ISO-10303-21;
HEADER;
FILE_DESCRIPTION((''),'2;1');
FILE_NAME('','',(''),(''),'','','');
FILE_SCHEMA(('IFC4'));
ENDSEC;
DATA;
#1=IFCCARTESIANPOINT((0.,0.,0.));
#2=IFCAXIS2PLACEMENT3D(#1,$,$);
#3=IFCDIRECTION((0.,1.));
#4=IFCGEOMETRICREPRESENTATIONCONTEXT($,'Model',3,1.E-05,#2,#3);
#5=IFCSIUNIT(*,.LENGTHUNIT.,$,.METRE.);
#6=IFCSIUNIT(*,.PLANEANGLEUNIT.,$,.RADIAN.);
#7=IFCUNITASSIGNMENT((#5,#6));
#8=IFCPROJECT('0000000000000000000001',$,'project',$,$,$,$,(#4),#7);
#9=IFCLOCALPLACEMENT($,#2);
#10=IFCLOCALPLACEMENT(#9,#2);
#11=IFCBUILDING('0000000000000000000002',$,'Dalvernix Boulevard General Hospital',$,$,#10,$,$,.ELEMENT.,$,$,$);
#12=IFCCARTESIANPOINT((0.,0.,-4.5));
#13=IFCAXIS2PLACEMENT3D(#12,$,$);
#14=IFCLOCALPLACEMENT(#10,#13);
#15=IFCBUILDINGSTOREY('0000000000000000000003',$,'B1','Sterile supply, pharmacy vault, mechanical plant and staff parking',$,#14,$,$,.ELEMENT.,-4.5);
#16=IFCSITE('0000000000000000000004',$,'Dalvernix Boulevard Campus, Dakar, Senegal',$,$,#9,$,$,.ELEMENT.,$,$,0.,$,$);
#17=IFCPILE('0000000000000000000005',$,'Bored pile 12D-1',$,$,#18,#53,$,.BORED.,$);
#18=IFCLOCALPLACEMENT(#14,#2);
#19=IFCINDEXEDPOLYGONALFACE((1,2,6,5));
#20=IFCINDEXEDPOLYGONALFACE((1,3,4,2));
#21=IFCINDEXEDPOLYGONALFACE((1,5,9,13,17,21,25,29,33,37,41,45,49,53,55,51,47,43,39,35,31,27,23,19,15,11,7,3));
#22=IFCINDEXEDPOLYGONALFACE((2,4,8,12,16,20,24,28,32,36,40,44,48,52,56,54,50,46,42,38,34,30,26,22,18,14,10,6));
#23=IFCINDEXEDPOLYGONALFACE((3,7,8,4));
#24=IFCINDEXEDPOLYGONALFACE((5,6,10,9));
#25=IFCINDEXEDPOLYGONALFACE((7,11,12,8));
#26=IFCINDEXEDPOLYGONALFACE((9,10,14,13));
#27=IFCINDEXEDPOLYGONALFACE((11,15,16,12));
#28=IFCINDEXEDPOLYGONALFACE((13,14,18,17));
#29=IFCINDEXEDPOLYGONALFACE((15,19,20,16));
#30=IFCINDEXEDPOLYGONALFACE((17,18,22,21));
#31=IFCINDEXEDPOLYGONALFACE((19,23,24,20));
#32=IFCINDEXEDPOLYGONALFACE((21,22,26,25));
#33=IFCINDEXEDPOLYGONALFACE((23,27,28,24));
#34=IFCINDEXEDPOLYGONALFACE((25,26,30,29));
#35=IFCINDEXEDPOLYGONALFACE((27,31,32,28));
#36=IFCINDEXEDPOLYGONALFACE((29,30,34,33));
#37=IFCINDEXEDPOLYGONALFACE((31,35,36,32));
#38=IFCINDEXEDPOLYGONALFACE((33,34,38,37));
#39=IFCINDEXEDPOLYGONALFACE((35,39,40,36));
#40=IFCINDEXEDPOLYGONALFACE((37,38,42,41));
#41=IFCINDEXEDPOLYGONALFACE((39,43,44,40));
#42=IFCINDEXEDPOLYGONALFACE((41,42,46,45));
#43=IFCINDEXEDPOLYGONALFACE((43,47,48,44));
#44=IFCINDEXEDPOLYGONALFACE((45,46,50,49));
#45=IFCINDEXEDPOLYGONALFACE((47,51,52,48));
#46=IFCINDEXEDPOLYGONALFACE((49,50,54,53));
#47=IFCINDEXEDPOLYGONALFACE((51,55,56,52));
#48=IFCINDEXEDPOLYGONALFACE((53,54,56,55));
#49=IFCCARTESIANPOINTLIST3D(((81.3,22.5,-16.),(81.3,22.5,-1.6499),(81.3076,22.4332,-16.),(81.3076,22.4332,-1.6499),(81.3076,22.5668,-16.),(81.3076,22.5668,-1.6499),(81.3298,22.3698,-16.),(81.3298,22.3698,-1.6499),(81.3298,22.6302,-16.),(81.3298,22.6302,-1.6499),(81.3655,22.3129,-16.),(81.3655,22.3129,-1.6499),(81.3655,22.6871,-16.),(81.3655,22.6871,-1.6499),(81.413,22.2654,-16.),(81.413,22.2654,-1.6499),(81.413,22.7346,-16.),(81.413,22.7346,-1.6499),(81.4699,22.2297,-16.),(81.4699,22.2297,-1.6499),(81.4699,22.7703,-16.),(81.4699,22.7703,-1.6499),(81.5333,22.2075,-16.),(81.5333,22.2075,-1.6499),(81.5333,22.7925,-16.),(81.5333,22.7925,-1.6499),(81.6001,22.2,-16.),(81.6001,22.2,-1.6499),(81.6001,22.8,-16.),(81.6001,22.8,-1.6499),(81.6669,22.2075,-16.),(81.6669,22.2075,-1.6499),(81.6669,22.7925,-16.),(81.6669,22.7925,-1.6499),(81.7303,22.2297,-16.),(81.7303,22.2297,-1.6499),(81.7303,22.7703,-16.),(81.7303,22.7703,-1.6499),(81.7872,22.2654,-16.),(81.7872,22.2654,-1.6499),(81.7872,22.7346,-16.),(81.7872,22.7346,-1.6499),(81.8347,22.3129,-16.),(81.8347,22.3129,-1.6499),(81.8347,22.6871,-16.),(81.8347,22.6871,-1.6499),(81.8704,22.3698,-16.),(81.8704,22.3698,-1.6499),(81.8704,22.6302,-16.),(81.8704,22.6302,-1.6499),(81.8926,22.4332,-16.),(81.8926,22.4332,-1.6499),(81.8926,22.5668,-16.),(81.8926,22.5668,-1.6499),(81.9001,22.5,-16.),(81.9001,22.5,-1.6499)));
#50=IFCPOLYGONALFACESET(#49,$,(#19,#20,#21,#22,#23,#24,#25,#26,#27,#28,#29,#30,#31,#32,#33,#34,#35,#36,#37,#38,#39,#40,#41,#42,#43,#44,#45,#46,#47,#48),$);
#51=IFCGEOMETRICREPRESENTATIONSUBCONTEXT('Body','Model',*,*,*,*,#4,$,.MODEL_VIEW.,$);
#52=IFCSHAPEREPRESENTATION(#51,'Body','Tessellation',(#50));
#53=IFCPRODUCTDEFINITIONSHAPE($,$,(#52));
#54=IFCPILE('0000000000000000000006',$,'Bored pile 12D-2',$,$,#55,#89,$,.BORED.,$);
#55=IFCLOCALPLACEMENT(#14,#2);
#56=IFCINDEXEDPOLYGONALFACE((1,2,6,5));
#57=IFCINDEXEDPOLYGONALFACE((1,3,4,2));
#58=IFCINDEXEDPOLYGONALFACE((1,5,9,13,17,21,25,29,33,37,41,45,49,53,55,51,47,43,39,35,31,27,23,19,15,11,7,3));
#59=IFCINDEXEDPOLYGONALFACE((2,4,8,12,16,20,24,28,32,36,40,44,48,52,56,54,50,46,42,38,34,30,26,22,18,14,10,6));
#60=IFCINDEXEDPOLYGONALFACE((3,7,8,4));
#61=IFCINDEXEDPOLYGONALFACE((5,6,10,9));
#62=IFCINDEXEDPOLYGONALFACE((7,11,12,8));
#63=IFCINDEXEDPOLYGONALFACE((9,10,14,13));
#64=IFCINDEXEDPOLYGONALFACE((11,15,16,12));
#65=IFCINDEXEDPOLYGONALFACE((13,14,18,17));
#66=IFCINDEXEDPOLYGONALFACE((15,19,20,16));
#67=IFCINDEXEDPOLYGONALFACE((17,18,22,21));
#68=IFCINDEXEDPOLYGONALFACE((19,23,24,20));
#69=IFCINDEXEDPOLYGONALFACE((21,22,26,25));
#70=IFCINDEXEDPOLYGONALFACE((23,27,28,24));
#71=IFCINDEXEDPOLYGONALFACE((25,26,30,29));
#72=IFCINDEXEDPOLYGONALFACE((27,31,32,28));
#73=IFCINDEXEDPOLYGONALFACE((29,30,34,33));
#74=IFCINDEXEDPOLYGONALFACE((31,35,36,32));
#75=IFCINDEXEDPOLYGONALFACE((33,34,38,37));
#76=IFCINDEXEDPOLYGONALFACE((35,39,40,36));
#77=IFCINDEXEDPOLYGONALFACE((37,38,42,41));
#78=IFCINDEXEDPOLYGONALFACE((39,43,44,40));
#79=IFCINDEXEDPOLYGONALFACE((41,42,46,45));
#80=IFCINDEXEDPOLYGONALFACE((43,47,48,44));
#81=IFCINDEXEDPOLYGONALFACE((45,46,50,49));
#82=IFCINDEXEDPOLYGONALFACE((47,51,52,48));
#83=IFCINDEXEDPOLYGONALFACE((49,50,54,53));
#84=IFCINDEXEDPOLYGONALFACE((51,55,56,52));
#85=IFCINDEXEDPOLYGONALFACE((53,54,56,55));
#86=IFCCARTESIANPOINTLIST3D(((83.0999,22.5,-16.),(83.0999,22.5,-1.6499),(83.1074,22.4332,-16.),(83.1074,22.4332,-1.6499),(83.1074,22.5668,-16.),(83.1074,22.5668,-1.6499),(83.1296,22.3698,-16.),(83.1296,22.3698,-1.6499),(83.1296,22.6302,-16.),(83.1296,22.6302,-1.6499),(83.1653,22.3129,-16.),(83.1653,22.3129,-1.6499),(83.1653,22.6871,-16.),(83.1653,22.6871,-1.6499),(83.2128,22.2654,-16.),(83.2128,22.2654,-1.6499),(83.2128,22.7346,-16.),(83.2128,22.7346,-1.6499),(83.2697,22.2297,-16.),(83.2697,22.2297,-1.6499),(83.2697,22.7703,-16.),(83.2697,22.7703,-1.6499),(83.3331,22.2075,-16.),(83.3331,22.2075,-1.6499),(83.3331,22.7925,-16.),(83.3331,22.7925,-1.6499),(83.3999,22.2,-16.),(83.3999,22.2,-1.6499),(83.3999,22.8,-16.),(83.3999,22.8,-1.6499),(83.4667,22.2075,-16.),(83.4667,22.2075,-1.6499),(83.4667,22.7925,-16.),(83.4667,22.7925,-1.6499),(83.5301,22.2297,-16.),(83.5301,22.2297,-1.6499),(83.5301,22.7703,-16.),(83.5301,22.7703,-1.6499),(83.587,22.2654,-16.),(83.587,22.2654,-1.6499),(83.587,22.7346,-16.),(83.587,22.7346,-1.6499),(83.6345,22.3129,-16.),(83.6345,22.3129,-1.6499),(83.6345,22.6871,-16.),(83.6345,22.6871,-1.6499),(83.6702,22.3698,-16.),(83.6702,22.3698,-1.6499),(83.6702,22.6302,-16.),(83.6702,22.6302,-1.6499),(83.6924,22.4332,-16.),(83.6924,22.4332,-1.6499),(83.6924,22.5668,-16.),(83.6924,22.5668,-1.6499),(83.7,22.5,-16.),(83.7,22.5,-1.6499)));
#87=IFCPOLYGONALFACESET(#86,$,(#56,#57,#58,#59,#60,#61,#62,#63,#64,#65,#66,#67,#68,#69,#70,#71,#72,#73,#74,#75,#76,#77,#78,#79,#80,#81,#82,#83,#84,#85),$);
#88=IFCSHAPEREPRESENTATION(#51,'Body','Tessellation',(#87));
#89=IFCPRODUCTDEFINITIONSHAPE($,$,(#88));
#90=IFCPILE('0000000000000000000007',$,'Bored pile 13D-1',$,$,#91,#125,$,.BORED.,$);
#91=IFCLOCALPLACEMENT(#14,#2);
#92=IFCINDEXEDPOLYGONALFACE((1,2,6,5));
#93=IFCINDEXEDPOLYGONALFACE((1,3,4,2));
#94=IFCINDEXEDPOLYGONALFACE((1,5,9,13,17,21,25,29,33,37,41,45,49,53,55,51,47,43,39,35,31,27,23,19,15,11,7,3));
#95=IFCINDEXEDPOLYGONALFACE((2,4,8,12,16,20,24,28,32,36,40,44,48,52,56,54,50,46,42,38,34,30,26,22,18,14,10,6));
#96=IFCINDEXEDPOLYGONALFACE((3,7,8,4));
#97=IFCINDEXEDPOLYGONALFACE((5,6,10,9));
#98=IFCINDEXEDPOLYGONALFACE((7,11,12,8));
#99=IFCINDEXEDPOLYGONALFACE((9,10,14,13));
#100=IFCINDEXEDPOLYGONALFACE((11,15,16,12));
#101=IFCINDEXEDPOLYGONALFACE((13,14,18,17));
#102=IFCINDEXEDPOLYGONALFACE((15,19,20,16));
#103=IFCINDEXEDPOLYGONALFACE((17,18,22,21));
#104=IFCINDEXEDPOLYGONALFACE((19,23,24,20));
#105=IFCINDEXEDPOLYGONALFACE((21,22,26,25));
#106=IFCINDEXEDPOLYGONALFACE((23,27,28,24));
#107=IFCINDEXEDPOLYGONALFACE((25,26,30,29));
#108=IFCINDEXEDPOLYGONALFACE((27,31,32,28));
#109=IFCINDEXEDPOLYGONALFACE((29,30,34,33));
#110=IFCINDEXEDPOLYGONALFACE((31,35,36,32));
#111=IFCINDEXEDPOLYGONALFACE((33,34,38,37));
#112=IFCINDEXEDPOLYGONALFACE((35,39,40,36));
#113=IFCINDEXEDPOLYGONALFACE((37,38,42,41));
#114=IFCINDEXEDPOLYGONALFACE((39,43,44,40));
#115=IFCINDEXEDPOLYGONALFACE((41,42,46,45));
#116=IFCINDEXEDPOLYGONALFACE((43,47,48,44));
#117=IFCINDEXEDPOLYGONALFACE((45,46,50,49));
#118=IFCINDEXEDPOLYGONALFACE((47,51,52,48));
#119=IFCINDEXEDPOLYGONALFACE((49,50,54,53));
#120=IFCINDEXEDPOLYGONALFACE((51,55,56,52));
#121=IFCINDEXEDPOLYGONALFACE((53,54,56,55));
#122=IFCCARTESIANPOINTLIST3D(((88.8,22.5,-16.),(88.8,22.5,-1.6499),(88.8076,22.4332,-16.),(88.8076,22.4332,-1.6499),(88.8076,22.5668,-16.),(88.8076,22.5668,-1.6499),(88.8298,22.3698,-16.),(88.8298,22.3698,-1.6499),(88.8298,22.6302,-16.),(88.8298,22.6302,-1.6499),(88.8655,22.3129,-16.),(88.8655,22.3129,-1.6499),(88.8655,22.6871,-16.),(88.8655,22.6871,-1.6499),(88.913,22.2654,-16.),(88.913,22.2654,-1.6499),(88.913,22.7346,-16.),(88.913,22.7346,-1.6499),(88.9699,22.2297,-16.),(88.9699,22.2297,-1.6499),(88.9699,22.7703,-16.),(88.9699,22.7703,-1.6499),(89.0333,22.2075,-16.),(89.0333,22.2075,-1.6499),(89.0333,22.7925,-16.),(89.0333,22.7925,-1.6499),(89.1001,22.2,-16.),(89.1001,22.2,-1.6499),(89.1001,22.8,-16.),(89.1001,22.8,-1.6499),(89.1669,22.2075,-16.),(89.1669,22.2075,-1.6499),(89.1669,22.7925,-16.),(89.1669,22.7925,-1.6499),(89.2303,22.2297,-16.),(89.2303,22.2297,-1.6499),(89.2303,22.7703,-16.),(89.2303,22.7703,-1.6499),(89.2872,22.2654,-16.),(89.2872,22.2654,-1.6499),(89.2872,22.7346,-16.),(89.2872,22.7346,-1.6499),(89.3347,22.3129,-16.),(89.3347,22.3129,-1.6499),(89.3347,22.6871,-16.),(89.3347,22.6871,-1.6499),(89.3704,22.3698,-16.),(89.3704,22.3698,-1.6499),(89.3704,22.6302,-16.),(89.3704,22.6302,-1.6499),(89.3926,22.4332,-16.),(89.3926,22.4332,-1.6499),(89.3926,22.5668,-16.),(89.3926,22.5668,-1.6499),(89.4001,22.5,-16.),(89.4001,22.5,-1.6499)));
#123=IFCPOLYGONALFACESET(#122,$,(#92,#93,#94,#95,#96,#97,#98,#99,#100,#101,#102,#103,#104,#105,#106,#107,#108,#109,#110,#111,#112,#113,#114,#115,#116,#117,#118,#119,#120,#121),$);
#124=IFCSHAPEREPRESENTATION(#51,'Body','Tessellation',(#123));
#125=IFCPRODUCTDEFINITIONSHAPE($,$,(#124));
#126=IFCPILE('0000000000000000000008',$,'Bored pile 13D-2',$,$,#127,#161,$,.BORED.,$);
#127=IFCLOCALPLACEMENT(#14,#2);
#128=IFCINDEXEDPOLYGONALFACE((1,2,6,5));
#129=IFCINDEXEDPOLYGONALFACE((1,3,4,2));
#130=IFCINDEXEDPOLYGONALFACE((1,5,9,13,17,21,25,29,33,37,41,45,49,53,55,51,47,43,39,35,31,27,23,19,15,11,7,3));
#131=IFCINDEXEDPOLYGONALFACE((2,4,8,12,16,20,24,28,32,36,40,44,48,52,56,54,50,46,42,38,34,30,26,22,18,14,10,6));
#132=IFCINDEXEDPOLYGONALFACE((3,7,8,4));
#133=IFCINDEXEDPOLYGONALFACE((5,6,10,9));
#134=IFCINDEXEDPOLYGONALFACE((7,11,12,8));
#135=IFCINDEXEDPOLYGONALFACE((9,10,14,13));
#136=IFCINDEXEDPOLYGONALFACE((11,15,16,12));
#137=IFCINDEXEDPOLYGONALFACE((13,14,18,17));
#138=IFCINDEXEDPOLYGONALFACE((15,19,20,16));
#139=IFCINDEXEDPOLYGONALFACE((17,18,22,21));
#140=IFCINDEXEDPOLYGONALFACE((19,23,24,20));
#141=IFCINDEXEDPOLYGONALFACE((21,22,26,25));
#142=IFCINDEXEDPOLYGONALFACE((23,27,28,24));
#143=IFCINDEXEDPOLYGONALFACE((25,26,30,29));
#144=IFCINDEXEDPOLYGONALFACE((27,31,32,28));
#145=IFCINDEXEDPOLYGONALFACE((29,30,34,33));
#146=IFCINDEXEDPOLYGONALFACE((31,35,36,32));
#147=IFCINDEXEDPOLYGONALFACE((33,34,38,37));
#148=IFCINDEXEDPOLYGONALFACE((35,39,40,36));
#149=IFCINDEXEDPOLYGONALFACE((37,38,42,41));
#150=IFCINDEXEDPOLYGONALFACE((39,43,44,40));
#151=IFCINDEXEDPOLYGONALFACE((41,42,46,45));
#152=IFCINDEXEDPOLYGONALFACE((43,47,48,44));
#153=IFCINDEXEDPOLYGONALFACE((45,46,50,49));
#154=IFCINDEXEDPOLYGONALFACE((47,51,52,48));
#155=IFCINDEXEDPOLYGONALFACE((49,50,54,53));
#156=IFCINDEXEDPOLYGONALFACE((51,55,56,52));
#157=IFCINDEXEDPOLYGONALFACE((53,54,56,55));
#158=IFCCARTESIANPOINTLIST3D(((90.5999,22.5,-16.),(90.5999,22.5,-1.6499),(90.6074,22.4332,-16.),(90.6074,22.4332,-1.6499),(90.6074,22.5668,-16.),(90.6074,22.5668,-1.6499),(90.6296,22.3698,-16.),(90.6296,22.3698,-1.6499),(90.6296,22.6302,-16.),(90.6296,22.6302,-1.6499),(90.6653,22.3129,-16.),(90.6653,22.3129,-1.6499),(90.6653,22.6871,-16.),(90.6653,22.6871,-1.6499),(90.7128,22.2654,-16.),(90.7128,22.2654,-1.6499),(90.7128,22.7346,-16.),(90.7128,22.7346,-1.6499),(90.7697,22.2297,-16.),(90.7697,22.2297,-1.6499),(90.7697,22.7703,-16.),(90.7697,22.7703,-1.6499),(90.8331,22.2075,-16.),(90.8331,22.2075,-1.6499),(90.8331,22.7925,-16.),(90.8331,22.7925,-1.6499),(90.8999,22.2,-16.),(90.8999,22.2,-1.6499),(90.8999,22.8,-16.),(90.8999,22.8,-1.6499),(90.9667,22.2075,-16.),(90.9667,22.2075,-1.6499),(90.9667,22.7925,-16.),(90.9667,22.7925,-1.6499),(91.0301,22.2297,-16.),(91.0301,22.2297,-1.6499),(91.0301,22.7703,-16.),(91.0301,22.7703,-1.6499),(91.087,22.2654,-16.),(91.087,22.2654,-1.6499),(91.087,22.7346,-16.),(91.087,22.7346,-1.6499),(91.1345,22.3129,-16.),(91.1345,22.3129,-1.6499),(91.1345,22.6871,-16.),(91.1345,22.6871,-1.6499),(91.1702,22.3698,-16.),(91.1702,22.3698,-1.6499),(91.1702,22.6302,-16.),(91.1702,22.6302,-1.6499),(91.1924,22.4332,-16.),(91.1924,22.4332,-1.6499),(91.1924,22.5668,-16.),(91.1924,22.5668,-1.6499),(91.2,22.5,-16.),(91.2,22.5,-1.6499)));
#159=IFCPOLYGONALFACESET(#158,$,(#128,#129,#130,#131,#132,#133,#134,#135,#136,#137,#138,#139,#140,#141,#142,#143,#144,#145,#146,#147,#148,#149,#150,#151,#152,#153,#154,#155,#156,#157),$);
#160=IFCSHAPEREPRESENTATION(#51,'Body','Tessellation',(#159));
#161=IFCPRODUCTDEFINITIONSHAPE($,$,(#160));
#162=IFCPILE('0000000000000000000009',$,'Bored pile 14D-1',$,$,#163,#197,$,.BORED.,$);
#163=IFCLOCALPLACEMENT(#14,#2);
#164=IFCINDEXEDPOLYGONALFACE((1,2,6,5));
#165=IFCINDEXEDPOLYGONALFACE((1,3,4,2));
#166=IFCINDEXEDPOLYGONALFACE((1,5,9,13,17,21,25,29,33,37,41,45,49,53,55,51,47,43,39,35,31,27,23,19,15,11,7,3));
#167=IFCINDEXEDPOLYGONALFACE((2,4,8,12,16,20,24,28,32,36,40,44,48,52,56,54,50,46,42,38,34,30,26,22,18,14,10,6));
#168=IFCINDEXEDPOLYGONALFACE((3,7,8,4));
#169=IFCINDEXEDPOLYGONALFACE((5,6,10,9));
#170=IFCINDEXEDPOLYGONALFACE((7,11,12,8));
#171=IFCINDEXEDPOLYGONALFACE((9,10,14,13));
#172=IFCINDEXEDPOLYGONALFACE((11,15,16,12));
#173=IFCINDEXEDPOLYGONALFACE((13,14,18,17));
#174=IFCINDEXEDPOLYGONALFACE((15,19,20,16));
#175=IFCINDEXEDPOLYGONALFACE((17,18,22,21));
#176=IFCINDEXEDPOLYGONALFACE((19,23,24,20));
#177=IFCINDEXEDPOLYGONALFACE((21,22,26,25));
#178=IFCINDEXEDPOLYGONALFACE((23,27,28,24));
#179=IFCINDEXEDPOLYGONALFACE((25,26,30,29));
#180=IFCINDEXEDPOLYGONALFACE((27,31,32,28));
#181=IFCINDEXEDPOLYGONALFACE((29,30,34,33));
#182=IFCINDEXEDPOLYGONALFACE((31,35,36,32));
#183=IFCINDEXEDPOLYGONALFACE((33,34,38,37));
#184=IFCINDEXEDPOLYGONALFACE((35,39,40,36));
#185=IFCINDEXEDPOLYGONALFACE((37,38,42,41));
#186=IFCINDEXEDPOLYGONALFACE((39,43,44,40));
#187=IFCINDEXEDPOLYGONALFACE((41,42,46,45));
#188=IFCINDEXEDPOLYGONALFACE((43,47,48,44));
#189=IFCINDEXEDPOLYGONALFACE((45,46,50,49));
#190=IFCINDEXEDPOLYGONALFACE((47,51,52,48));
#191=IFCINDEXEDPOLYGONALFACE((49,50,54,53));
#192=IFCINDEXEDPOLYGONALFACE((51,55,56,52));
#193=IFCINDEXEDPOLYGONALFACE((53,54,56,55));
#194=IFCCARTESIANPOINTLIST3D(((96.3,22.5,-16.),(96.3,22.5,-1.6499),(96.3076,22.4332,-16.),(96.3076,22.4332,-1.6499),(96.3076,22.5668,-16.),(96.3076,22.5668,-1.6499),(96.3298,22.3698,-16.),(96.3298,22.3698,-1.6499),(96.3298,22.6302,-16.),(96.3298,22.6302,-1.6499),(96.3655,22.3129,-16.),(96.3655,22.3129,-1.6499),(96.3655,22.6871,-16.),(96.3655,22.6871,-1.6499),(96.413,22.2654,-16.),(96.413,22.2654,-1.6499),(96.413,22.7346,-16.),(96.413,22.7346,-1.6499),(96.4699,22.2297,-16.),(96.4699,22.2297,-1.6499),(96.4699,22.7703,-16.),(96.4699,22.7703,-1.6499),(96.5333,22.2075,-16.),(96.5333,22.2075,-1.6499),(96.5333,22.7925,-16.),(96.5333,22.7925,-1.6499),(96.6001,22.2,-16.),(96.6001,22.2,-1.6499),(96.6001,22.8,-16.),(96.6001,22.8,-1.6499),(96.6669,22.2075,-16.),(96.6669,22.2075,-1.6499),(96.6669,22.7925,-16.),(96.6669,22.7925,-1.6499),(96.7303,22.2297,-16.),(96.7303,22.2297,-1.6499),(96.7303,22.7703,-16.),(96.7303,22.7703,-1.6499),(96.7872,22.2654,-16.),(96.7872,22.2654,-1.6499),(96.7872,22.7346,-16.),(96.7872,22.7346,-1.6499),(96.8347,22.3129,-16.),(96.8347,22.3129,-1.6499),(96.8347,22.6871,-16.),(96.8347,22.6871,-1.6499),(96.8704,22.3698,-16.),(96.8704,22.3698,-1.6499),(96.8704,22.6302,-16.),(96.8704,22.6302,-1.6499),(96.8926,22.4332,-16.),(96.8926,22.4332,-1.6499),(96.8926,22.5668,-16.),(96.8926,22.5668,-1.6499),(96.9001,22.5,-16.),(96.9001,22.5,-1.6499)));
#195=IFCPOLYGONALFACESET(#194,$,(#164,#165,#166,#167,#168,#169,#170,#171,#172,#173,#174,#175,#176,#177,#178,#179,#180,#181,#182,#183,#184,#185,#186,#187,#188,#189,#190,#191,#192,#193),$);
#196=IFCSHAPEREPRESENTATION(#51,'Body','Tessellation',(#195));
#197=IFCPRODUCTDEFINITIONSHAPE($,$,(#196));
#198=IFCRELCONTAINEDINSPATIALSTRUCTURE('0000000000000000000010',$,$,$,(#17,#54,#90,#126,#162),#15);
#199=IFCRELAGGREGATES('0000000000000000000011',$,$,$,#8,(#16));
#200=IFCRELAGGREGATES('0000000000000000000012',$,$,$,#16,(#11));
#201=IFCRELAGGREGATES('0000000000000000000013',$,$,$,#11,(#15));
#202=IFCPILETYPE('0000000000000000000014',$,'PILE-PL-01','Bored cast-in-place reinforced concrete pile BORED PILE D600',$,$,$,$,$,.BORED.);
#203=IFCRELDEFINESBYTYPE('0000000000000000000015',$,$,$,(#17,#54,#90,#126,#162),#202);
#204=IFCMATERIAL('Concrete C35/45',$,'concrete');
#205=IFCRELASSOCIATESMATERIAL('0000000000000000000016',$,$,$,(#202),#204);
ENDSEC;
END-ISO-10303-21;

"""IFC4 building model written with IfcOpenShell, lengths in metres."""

from ifc_helpers import new_model, si_unit, direction, frame, origin, origin_2d, place, context, subcontext, project, spatial, circle, extrude, material, material_profile, profile_set, type_object, element, save


model = new_model("IFC4")

# Units and contexts
model_context = context("Model", 3, precision=1e-05, world=origin(), true_north=direction((0.0, 1.0)))
body_context = subcontext(model_context, "Body", "Model", "MODEL_VIEW")
ifc_project = project(units=[si_unit("LENGTHUNIT", "METRE"), si_unit("PLANEANGLEUNIT", "RADIAN")], contexts=[model_context])

# Site, building, storey
site_placement = place(None, origin())
site = spatial("IfcSite", under=ifc_project, at=site_placement, Name="Dalvernix Boulevard Campus, Dakar, Senegal", CompositionType="ELEMENT", RefElevation=0.0)
building_placement = place(site_placement, origin())
building = spatial("IfcBuilding", under=site, at=building_placement, Name="Dalvernix Boulevard General Hospital", CompositionType="ELEMENT")
storey_placement = place(building_placement, frame((0.0, 0.0, -4.5)))
storey = spatial("IfcBuildingStorey", under=building, at=storey_placement, Name="B1", Description="Sterile supply, pharmacy vault, mechanical plant and staff parking", CompositionType="ELEMENT", Elevation=-4.5)

# Shared definitions
ifc_material_1 = material(Name="Concrete C35/45", Category="concrete")

# Piles
ifc_material_profile_1 = material_profile(ifc_material_1, circle(Radius=0.3, at=origin_2d()), Name="BORED PILE D600")
ifc_profile_set_1 = profile_set([ifc_material_profile_1], Name="Concrete C35/45")
pile_type_1 = type_object("IfcPileType", Name="PILE-PL-01", Description="Bored cast-in-place reinforced concrete pile BORED PILE D600", PredefinedType="BORED", material=ifc_profile_set_1)
for number, where, z_axis, x_axis, name in (
    (1, (81.6001, 22.5, -1.6499), (0.0, 0.0, -1.0), (1.0, 0.0, 0.0), "Bored pile 12D-1"),
    (2, (83.3999, 22.5, -1.6499), (0.0, 0.0, -1.0), (1.0, 0.0, 0.0), "Bored pile 12D-2"),
    (3, (89.1001, 22.5, -1.6499), (0.0, 0.0, -1.0), (1.0, 0.0, 0.0), "Bored pile 13D-1"),
    (4, (90.8999, 22.5, -1.6499), (0.0, 0.0, -1.0), (1.0, 0.0, 0.0), "Bored pile 13D-2"),
    (5, (96.6001, 22.5, -1.6499), (0.0, 0.0, -1.0), (1.0, 0.0, 0.0), "Bored pile 14D-1"),
):
    element("IfcPile", number, at=place(storey_placement, frame(where, z_axis=z_axis, x_axis=x_axis)), inside=storey, type_object=pile_type_1, Name=name, PredefinedType="BORED", context=body_context, shape_type="SweptSolid", body=[
        extrude(circle(Radius=0.3, at=origin_2d()), origin(), (0.0, 0.0, 1.0), 14.3501),
    ])

save(model, "model.ifc")
